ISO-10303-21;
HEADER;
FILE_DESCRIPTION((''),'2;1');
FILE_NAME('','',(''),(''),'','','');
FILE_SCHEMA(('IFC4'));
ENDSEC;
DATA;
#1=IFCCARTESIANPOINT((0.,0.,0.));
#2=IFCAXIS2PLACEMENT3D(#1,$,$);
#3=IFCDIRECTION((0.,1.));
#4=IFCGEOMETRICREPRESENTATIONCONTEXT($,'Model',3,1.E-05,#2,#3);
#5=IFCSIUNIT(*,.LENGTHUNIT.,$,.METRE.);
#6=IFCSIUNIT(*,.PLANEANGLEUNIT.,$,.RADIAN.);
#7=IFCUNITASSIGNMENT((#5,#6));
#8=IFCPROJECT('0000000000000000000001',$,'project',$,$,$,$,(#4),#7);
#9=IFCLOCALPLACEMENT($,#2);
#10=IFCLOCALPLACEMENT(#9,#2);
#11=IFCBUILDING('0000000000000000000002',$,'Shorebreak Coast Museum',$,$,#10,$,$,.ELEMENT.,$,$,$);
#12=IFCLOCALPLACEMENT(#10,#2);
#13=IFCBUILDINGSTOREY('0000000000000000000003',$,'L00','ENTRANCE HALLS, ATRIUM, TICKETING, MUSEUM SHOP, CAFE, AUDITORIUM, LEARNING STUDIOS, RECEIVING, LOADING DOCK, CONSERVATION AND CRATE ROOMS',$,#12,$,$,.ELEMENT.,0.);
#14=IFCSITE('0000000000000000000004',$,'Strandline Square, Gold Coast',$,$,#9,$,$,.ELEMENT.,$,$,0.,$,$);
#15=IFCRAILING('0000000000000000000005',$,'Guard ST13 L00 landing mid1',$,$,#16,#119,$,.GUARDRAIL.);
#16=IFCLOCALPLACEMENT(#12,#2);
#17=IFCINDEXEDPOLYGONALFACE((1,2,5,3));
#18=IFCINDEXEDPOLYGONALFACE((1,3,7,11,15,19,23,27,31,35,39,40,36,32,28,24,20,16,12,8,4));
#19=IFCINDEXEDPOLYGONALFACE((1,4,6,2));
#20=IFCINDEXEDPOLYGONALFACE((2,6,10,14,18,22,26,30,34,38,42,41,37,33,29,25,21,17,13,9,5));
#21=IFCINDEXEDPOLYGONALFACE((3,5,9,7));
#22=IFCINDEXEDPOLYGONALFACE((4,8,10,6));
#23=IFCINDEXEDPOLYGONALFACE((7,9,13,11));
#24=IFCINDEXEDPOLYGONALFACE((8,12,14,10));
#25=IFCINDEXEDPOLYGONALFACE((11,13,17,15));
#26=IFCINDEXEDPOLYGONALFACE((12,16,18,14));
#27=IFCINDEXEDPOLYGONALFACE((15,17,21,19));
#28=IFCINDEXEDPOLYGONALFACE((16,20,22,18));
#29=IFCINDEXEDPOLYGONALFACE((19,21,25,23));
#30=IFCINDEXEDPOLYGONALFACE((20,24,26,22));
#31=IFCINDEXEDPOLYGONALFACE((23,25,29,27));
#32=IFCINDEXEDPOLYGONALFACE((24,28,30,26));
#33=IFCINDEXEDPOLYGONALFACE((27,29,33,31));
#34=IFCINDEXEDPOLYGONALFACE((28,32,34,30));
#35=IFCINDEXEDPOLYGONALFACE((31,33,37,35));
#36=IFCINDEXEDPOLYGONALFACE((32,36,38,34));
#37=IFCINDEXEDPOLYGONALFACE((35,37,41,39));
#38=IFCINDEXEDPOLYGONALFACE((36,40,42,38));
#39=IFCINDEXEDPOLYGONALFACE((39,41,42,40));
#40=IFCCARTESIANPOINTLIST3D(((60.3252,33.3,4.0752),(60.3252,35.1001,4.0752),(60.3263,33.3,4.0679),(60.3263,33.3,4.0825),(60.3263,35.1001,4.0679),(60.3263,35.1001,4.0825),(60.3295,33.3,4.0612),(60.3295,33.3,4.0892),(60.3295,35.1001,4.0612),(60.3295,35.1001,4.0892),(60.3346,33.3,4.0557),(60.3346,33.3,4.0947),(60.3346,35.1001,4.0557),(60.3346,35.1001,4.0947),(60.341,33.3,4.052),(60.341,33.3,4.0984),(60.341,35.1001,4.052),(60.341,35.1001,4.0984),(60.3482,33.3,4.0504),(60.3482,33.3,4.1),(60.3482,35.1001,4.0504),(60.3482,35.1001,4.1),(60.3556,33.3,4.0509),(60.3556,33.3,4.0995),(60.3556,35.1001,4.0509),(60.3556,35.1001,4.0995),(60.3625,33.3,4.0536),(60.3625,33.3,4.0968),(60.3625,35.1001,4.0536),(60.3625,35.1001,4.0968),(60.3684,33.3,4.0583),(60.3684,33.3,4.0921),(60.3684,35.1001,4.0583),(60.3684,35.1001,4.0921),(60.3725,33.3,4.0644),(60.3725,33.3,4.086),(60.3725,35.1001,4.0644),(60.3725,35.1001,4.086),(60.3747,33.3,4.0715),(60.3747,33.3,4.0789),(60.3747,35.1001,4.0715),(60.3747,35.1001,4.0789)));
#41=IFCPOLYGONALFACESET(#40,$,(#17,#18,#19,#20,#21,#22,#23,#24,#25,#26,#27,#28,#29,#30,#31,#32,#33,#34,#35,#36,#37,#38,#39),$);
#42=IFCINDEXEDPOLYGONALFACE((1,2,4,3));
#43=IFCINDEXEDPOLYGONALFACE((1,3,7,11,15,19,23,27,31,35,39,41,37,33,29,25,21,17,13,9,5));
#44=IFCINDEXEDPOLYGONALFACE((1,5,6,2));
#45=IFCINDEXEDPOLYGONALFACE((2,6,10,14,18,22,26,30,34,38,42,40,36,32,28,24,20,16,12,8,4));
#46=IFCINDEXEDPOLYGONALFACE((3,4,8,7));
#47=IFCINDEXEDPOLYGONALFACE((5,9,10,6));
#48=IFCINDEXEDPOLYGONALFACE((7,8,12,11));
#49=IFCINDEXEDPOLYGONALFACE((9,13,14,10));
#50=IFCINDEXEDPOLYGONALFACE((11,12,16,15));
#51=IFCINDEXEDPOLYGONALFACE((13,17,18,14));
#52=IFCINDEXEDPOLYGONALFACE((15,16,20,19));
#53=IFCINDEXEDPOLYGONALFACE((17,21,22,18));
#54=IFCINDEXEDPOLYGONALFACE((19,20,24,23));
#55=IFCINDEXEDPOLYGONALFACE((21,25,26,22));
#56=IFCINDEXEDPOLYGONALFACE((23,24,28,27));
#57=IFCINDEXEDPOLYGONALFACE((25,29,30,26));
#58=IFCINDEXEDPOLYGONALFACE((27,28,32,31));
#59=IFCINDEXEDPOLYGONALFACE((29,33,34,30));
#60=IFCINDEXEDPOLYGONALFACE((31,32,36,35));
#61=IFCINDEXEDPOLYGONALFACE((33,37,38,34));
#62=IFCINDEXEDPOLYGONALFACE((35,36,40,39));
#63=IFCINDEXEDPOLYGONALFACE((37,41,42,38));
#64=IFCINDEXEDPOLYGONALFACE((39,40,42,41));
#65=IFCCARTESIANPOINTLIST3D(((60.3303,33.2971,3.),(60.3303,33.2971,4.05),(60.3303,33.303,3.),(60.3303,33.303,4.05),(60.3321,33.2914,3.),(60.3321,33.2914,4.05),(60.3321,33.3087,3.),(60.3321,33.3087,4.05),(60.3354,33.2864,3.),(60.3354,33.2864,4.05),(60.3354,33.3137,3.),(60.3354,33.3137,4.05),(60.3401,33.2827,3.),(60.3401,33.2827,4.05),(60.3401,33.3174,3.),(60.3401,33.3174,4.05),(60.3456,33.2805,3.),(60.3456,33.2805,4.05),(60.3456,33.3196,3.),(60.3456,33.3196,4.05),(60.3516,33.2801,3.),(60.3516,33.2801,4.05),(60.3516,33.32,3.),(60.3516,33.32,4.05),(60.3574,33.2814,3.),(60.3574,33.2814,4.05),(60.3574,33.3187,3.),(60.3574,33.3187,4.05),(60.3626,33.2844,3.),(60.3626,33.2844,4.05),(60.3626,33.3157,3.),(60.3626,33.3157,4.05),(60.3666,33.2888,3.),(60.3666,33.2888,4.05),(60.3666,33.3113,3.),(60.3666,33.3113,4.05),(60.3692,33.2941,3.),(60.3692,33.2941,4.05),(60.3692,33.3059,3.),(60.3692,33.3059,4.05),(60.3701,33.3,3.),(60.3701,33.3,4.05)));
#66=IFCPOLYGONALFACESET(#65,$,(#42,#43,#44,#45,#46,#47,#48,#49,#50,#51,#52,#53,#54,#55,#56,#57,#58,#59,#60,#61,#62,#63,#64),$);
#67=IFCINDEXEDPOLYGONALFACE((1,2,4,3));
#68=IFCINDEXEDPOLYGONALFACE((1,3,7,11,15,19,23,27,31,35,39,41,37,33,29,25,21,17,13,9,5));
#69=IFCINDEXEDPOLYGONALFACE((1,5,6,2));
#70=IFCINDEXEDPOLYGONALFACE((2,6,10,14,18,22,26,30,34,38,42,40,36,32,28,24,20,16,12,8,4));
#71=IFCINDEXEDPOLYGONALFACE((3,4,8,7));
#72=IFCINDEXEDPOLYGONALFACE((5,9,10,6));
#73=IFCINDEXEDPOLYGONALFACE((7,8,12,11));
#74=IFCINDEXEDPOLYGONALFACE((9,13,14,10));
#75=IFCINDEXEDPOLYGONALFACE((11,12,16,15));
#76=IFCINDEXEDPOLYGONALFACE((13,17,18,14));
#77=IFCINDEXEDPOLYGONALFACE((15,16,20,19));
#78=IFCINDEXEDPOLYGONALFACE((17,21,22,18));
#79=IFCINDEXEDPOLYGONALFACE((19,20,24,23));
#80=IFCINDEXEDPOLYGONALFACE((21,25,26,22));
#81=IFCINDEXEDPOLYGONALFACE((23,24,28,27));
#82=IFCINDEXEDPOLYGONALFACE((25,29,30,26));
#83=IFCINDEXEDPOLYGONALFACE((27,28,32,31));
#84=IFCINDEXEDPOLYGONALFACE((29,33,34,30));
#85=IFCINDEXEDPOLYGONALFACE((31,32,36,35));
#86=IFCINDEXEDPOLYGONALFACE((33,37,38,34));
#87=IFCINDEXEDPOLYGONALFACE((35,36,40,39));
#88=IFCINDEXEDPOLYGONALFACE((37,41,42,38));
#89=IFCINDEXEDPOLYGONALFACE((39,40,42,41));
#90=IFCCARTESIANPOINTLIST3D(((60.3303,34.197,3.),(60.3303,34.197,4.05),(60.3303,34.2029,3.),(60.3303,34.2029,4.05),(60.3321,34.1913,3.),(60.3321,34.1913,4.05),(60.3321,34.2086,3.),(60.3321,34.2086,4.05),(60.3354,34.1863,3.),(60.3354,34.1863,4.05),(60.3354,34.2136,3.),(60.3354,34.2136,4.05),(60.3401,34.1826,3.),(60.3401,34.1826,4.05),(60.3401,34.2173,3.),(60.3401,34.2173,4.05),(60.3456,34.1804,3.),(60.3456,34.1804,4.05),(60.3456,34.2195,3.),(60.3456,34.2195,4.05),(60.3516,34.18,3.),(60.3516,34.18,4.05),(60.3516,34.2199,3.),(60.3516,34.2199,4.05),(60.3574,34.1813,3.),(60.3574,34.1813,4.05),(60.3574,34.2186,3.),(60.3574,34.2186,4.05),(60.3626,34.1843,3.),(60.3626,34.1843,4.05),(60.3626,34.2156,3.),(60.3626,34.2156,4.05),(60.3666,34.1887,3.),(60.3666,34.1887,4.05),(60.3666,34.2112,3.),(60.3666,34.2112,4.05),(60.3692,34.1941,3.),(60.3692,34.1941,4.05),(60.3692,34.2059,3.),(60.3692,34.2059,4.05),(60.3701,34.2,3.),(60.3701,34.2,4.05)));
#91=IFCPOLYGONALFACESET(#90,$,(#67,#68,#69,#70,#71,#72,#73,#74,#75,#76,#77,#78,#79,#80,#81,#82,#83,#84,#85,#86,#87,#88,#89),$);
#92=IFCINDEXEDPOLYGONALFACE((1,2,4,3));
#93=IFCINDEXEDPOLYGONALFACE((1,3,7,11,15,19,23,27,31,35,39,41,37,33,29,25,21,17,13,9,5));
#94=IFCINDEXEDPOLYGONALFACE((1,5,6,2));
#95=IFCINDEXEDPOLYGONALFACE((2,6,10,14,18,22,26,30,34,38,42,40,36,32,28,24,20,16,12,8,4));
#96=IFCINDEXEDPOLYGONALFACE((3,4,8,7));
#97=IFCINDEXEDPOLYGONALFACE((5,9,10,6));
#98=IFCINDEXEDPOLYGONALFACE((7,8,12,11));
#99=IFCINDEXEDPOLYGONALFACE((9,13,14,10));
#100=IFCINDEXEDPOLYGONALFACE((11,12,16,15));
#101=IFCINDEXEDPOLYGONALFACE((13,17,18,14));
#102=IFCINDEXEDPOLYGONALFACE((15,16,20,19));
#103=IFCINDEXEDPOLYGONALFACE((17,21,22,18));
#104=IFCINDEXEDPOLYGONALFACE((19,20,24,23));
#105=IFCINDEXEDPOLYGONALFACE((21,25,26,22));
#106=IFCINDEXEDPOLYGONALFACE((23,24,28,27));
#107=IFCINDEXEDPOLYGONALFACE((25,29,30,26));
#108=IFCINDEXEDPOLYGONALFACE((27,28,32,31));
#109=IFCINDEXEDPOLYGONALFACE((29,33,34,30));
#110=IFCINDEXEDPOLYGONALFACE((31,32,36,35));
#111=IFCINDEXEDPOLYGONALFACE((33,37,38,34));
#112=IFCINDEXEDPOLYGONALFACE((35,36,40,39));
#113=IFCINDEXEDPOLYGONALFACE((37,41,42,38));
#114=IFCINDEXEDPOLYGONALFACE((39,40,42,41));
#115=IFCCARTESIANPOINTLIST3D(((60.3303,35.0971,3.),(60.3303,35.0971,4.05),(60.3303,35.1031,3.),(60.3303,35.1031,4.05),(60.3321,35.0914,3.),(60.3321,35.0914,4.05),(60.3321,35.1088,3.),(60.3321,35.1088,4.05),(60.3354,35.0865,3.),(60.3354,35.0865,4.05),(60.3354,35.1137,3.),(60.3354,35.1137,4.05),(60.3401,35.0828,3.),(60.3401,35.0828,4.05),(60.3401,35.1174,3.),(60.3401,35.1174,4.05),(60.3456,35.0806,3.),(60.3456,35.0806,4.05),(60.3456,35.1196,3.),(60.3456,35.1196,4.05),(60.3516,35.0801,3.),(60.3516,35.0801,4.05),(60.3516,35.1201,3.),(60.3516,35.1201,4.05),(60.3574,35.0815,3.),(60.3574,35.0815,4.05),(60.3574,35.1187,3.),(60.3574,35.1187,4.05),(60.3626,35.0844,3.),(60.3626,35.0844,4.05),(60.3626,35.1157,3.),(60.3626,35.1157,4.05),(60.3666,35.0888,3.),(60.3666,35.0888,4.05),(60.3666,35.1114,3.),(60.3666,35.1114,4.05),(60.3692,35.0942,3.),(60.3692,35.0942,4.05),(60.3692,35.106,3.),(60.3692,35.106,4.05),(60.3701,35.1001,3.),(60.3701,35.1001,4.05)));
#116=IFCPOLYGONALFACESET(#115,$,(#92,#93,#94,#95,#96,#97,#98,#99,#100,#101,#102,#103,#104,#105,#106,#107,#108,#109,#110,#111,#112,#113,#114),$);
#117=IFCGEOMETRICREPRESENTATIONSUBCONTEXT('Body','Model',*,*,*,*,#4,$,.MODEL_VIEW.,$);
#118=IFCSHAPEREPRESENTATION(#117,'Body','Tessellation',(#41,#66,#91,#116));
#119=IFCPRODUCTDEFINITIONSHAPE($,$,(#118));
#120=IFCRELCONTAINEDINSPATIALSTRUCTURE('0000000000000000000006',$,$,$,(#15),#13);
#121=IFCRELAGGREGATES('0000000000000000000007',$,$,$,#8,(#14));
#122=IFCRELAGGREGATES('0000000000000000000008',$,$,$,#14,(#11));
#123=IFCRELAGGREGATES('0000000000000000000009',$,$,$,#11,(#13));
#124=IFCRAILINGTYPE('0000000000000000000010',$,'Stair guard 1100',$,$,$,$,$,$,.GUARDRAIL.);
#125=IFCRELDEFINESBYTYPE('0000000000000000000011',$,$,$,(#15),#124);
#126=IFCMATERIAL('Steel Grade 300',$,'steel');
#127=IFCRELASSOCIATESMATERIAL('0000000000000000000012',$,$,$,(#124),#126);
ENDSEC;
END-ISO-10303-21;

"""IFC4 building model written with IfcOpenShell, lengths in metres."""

from ifc_helpers import new_model, si_unit, direction, frame, origin, origin_2d, place, context, subcontext, project, spatial, circle, extrude, material, type_object, element, save


model = new_model("IFC4")

# Units and contexts
model_context = context("Model", 3, precision=1e-05, world=origin(), true_north=direction((0.0, 1.0)))
body_context = subcontext(model_context, "Body", "Model", "MODEL_VIEW")
ifc_project = project(units=[si_unit("LENGTHUNIT", "METRE"), si_unit("PLANEANGLEUNIT", "RADIAN")], contexts=[model_context])

# Site, building, storey
site_placement = place(None, origin())
site = spatial("IfcSite", under=ifc_project, at=site_placement, Name="Strandline Square, Gold Coast", CompositionType="ELEMENT", RefElevation=0.0)
building_placement = place(site_placement, origin())
building = spatial("IfcBuilding", under=site, at=building_placement, Name="Shorebreak Coast Museum", CompositionType="ELEMENT")
storey_placement = place(building_placement, origin())
storey = spatial("IfcBuildingStorey", under=building, at=storey_placement, Name="L00", Description="ENTRANCE HALLS, ATRIUM, TICKETING, MUSEUM SHOP, CAFE, AUDITORIUM, LEARNING STUDIOS, RECEIVING, LOADING DOCK, CONSERVATION AND CRATE ROOMS", CompositionType="ELEMENT", Elevation=0.0)

# Railing
ifc_material_1 = material(Name="Steel Grade 300", Category="steel")
railing_type_1 = type_object("IfcRailingType", Name="Stair guard 1100", PredefinedType="GUARDRAIL", material=ifc_material_1)
railing_1_placement = place(storey_placement, frame((60.3501, 33.3, 3.0)))
element("IfcRailing", 1, at=railing_1_placement, inside=storey, type_object=railing_type_1, Name="Guard ST13 L00 landing mid1", PredefinedType="GUARDRAIL", context=body_context, shape_type="SweptSolid", body=[
    extrude(circle(Radius=0.0249, at=origin_2d()), frame((0.0, 0.0, 1.0752), z_axis=(0.0, 1.0, 0.0), x_axis=(-1.0, 0.0, 0.0)), (0.0, 0.0, 1.0), 1.8),
    extrude(circle(Radius=0.02, at=origin_2d()), origin(), (0.0, 0.0, 1.0), 1.05),
    extrude(circle(Radius=0.02, at=origin_2d()), frame((0.0, 0.8999, 0.0)), (0.0, 0.0, 1.0), 1.05),
    extrude(circle(Radius=0.02, at=origin_2d()), frame((0.0, 1.8, 0.0)), (0.0, 0.0, 1.0), 1.05),
])

save(model, "model.ifc")
